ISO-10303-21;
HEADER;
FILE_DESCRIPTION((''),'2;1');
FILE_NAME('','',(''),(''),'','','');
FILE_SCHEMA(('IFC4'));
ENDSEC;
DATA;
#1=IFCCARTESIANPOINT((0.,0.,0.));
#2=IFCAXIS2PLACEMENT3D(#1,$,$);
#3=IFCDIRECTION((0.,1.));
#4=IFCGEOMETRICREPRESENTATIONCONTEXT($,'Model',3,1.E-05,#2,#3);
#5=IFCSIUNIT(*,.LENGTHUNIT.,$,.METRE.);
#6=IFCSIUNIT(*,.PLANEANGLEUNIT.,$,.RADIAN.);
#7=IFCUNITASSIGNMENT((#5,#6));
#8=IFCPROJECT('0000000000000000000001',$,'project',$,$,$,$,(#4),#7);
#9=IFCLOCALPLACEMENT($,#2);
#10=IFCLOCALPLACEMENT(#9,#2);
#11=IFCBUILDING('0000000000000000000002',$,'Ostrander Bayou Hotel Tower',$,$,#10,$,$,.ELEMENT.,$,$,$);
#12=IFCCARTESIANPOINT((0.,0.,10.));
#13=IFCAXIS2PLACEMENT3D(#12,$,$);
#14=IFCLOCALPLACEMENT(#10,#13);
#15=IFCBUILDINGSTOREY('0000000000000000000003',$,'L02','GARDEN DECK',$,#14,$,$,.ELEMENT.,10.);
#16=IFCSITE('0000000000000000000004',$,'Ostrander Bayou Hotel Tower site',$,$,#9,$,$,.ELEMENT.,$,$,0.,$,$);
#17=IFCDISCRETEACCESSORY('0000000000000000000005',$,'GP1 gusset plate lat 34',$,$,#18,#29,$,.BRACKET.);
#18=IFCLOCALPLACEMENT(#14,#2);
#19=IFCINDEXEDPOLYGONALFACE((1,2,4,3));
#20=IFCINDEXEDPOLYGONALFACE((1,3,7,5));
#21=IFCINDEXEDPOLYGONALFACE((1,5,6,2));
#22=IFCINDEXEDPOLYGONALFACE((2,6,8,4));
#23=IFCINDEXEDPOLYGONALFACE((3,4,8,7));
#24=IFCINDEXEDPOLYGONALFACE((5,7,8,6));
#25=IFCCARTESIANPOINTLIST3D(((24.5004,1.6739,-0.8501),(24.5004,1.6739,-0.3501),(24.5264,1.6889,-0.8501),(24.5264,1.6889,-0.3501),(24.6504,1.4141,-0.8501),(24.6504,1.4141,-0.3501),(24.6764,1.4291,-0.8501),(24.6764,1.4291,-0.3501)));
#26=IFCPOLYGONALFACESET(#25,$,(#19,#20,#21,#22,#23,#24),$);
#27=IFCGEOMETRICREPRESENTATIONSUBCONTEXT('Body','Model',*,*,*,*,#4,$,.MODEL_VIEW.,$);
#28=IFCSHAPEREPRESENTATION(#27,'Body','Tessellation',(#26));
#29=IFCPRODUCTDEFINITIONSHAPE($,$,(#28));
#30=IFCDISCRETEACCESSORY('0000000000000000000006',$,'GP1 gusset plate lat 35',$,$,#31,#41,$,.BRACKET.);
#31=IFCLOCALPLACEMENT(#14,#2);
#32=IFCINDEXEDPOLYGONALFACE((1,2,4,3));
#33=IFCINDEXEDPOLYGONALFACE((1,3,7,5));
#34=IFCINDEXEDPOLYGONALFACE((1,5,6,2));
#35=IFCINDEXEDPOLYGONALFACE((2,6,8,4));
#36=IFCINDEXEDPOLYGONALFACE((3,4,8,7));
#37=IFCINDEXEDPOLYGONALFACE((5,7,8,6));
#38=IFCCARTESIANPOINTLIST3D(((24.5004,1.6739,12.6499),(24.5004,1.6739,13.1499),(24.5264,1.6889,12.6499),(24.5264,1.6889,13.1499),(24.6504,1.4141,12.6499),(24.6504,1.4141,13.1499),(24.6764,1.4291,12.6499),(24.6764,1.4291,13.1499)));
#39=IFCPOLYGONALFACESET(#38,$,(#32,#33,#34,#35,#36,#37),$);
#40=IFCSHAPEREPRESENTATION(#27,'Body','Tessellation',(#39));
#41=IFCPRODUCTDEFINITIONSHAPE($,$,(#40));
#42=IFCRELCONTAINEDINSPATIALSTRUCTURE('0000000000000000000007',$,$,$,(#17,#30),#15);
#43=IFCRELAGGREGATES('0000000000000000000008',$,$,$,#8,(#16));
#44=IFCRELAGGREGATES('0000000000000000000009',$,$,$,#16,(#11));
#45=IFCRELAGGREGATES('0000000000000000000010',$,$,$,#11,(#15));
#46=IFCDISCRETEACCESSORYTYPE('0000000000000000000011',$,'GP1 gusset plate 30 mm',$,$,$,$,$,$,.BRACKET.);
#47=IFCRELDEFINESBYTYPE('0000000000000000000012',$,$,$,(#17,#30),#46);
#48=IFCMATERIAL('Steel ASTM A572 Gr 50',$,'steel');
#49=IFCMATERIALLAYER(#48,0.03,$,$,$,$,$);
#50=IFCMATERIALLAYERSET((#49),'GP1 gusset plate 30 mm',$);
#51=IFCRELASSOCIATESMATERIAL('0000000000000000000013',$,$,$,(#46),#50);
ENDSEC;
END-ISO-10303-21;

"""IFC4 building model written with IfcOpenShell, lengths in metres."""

from ifc_helpers import new_model, si_unit, direction, frame, origin, origin_2d, place, context, subcontext, project, spatial, rectangle, extrude, material, layer, layer_set, type_object, element, save


model = new_model("IFC4")

# Units and contexts
model_context = context("Model", 3, precision=1e-05, world=origin(), true_north=direction((0.0, 1.0)))
body_context = subcontext(model_context, "Body", "Model", "MODEL_VIEW")
ifc_project = project(units=[si_unit("LENGTHUNIT", "METRE"), si_unit("PLANEANGLEUNIT", "RADIAN")], contexts=[model_context])

# Site, building, storey
site_placement = place(None, origin())
site = spatial("IfcSite", under=ifc_project, at=site_placement, Name="Ostrander Bayou Hotel Tower site", CompositionType="ELEMENT", RefElevation=0.0)
building_placement = place(site_placement, origin())
building = spatial("IfcBuilding", under=site, at=building_placement, Name="Ostrander Bayou Hotel Tower", CompositionType="ELEMENT")
storey_placement = place(building_placement, frame((0.0, 0.0, 10.0)))
storey = spatial("IfcBuildingStorey", under=building, at=storey_placement, Name="L02", Description="GARDEN DECK", CompositionType="ELEMENT", Elevation=10.0)

# Discrete accessories
ifc_material_1 = material(Name="Steel ASTM A572 Gr 50", Category="steel")
ifc_layer_1 = layer(ifc_material_1, 0.03)
ifc_layer_set_1 = layer_set([ifc_layer_1], Name="GP1 gusset plate 30 mm")
discrete_accessory_type = type_object("IfcDiscreteAccessoryType", Name="GP1 gusset plate 30 mm", PredefinedType="BRACKET", material=ifc_layer_set_1)
for number, where, z_axis, x_axis, name in (
    (1, (24.5884, 1.5515, -0.8501), (0.0, 0.0, 1.0), (-0.5, 0.866025, 0.0), "GP1 gusset plate lat 34"),
    (2, (24.5884, 1.5515, 12.6499), (0.0, 0.0, 1.0), (-0.5, 0.866025, 0.0), "GP1 gusset plate lat 35"),
):
    element("IfcDiscreteAccessory", number, at=place(storey_placement, frame(where, z_axis=z_axis, x_axis=x_axis)), inside=storey, type_object=discrete_accessory_type, Name=name, PredefinedType="BRACKET", context=body_context, shape_type="SweptSolid", body=[
        extrude(rectangle(XDim=0.3, YDim=0.03, at=origin_2d()), origin(), (0.0, 0.0, 1.0), 0.5),
    ])

save(model, "model.ifc")
